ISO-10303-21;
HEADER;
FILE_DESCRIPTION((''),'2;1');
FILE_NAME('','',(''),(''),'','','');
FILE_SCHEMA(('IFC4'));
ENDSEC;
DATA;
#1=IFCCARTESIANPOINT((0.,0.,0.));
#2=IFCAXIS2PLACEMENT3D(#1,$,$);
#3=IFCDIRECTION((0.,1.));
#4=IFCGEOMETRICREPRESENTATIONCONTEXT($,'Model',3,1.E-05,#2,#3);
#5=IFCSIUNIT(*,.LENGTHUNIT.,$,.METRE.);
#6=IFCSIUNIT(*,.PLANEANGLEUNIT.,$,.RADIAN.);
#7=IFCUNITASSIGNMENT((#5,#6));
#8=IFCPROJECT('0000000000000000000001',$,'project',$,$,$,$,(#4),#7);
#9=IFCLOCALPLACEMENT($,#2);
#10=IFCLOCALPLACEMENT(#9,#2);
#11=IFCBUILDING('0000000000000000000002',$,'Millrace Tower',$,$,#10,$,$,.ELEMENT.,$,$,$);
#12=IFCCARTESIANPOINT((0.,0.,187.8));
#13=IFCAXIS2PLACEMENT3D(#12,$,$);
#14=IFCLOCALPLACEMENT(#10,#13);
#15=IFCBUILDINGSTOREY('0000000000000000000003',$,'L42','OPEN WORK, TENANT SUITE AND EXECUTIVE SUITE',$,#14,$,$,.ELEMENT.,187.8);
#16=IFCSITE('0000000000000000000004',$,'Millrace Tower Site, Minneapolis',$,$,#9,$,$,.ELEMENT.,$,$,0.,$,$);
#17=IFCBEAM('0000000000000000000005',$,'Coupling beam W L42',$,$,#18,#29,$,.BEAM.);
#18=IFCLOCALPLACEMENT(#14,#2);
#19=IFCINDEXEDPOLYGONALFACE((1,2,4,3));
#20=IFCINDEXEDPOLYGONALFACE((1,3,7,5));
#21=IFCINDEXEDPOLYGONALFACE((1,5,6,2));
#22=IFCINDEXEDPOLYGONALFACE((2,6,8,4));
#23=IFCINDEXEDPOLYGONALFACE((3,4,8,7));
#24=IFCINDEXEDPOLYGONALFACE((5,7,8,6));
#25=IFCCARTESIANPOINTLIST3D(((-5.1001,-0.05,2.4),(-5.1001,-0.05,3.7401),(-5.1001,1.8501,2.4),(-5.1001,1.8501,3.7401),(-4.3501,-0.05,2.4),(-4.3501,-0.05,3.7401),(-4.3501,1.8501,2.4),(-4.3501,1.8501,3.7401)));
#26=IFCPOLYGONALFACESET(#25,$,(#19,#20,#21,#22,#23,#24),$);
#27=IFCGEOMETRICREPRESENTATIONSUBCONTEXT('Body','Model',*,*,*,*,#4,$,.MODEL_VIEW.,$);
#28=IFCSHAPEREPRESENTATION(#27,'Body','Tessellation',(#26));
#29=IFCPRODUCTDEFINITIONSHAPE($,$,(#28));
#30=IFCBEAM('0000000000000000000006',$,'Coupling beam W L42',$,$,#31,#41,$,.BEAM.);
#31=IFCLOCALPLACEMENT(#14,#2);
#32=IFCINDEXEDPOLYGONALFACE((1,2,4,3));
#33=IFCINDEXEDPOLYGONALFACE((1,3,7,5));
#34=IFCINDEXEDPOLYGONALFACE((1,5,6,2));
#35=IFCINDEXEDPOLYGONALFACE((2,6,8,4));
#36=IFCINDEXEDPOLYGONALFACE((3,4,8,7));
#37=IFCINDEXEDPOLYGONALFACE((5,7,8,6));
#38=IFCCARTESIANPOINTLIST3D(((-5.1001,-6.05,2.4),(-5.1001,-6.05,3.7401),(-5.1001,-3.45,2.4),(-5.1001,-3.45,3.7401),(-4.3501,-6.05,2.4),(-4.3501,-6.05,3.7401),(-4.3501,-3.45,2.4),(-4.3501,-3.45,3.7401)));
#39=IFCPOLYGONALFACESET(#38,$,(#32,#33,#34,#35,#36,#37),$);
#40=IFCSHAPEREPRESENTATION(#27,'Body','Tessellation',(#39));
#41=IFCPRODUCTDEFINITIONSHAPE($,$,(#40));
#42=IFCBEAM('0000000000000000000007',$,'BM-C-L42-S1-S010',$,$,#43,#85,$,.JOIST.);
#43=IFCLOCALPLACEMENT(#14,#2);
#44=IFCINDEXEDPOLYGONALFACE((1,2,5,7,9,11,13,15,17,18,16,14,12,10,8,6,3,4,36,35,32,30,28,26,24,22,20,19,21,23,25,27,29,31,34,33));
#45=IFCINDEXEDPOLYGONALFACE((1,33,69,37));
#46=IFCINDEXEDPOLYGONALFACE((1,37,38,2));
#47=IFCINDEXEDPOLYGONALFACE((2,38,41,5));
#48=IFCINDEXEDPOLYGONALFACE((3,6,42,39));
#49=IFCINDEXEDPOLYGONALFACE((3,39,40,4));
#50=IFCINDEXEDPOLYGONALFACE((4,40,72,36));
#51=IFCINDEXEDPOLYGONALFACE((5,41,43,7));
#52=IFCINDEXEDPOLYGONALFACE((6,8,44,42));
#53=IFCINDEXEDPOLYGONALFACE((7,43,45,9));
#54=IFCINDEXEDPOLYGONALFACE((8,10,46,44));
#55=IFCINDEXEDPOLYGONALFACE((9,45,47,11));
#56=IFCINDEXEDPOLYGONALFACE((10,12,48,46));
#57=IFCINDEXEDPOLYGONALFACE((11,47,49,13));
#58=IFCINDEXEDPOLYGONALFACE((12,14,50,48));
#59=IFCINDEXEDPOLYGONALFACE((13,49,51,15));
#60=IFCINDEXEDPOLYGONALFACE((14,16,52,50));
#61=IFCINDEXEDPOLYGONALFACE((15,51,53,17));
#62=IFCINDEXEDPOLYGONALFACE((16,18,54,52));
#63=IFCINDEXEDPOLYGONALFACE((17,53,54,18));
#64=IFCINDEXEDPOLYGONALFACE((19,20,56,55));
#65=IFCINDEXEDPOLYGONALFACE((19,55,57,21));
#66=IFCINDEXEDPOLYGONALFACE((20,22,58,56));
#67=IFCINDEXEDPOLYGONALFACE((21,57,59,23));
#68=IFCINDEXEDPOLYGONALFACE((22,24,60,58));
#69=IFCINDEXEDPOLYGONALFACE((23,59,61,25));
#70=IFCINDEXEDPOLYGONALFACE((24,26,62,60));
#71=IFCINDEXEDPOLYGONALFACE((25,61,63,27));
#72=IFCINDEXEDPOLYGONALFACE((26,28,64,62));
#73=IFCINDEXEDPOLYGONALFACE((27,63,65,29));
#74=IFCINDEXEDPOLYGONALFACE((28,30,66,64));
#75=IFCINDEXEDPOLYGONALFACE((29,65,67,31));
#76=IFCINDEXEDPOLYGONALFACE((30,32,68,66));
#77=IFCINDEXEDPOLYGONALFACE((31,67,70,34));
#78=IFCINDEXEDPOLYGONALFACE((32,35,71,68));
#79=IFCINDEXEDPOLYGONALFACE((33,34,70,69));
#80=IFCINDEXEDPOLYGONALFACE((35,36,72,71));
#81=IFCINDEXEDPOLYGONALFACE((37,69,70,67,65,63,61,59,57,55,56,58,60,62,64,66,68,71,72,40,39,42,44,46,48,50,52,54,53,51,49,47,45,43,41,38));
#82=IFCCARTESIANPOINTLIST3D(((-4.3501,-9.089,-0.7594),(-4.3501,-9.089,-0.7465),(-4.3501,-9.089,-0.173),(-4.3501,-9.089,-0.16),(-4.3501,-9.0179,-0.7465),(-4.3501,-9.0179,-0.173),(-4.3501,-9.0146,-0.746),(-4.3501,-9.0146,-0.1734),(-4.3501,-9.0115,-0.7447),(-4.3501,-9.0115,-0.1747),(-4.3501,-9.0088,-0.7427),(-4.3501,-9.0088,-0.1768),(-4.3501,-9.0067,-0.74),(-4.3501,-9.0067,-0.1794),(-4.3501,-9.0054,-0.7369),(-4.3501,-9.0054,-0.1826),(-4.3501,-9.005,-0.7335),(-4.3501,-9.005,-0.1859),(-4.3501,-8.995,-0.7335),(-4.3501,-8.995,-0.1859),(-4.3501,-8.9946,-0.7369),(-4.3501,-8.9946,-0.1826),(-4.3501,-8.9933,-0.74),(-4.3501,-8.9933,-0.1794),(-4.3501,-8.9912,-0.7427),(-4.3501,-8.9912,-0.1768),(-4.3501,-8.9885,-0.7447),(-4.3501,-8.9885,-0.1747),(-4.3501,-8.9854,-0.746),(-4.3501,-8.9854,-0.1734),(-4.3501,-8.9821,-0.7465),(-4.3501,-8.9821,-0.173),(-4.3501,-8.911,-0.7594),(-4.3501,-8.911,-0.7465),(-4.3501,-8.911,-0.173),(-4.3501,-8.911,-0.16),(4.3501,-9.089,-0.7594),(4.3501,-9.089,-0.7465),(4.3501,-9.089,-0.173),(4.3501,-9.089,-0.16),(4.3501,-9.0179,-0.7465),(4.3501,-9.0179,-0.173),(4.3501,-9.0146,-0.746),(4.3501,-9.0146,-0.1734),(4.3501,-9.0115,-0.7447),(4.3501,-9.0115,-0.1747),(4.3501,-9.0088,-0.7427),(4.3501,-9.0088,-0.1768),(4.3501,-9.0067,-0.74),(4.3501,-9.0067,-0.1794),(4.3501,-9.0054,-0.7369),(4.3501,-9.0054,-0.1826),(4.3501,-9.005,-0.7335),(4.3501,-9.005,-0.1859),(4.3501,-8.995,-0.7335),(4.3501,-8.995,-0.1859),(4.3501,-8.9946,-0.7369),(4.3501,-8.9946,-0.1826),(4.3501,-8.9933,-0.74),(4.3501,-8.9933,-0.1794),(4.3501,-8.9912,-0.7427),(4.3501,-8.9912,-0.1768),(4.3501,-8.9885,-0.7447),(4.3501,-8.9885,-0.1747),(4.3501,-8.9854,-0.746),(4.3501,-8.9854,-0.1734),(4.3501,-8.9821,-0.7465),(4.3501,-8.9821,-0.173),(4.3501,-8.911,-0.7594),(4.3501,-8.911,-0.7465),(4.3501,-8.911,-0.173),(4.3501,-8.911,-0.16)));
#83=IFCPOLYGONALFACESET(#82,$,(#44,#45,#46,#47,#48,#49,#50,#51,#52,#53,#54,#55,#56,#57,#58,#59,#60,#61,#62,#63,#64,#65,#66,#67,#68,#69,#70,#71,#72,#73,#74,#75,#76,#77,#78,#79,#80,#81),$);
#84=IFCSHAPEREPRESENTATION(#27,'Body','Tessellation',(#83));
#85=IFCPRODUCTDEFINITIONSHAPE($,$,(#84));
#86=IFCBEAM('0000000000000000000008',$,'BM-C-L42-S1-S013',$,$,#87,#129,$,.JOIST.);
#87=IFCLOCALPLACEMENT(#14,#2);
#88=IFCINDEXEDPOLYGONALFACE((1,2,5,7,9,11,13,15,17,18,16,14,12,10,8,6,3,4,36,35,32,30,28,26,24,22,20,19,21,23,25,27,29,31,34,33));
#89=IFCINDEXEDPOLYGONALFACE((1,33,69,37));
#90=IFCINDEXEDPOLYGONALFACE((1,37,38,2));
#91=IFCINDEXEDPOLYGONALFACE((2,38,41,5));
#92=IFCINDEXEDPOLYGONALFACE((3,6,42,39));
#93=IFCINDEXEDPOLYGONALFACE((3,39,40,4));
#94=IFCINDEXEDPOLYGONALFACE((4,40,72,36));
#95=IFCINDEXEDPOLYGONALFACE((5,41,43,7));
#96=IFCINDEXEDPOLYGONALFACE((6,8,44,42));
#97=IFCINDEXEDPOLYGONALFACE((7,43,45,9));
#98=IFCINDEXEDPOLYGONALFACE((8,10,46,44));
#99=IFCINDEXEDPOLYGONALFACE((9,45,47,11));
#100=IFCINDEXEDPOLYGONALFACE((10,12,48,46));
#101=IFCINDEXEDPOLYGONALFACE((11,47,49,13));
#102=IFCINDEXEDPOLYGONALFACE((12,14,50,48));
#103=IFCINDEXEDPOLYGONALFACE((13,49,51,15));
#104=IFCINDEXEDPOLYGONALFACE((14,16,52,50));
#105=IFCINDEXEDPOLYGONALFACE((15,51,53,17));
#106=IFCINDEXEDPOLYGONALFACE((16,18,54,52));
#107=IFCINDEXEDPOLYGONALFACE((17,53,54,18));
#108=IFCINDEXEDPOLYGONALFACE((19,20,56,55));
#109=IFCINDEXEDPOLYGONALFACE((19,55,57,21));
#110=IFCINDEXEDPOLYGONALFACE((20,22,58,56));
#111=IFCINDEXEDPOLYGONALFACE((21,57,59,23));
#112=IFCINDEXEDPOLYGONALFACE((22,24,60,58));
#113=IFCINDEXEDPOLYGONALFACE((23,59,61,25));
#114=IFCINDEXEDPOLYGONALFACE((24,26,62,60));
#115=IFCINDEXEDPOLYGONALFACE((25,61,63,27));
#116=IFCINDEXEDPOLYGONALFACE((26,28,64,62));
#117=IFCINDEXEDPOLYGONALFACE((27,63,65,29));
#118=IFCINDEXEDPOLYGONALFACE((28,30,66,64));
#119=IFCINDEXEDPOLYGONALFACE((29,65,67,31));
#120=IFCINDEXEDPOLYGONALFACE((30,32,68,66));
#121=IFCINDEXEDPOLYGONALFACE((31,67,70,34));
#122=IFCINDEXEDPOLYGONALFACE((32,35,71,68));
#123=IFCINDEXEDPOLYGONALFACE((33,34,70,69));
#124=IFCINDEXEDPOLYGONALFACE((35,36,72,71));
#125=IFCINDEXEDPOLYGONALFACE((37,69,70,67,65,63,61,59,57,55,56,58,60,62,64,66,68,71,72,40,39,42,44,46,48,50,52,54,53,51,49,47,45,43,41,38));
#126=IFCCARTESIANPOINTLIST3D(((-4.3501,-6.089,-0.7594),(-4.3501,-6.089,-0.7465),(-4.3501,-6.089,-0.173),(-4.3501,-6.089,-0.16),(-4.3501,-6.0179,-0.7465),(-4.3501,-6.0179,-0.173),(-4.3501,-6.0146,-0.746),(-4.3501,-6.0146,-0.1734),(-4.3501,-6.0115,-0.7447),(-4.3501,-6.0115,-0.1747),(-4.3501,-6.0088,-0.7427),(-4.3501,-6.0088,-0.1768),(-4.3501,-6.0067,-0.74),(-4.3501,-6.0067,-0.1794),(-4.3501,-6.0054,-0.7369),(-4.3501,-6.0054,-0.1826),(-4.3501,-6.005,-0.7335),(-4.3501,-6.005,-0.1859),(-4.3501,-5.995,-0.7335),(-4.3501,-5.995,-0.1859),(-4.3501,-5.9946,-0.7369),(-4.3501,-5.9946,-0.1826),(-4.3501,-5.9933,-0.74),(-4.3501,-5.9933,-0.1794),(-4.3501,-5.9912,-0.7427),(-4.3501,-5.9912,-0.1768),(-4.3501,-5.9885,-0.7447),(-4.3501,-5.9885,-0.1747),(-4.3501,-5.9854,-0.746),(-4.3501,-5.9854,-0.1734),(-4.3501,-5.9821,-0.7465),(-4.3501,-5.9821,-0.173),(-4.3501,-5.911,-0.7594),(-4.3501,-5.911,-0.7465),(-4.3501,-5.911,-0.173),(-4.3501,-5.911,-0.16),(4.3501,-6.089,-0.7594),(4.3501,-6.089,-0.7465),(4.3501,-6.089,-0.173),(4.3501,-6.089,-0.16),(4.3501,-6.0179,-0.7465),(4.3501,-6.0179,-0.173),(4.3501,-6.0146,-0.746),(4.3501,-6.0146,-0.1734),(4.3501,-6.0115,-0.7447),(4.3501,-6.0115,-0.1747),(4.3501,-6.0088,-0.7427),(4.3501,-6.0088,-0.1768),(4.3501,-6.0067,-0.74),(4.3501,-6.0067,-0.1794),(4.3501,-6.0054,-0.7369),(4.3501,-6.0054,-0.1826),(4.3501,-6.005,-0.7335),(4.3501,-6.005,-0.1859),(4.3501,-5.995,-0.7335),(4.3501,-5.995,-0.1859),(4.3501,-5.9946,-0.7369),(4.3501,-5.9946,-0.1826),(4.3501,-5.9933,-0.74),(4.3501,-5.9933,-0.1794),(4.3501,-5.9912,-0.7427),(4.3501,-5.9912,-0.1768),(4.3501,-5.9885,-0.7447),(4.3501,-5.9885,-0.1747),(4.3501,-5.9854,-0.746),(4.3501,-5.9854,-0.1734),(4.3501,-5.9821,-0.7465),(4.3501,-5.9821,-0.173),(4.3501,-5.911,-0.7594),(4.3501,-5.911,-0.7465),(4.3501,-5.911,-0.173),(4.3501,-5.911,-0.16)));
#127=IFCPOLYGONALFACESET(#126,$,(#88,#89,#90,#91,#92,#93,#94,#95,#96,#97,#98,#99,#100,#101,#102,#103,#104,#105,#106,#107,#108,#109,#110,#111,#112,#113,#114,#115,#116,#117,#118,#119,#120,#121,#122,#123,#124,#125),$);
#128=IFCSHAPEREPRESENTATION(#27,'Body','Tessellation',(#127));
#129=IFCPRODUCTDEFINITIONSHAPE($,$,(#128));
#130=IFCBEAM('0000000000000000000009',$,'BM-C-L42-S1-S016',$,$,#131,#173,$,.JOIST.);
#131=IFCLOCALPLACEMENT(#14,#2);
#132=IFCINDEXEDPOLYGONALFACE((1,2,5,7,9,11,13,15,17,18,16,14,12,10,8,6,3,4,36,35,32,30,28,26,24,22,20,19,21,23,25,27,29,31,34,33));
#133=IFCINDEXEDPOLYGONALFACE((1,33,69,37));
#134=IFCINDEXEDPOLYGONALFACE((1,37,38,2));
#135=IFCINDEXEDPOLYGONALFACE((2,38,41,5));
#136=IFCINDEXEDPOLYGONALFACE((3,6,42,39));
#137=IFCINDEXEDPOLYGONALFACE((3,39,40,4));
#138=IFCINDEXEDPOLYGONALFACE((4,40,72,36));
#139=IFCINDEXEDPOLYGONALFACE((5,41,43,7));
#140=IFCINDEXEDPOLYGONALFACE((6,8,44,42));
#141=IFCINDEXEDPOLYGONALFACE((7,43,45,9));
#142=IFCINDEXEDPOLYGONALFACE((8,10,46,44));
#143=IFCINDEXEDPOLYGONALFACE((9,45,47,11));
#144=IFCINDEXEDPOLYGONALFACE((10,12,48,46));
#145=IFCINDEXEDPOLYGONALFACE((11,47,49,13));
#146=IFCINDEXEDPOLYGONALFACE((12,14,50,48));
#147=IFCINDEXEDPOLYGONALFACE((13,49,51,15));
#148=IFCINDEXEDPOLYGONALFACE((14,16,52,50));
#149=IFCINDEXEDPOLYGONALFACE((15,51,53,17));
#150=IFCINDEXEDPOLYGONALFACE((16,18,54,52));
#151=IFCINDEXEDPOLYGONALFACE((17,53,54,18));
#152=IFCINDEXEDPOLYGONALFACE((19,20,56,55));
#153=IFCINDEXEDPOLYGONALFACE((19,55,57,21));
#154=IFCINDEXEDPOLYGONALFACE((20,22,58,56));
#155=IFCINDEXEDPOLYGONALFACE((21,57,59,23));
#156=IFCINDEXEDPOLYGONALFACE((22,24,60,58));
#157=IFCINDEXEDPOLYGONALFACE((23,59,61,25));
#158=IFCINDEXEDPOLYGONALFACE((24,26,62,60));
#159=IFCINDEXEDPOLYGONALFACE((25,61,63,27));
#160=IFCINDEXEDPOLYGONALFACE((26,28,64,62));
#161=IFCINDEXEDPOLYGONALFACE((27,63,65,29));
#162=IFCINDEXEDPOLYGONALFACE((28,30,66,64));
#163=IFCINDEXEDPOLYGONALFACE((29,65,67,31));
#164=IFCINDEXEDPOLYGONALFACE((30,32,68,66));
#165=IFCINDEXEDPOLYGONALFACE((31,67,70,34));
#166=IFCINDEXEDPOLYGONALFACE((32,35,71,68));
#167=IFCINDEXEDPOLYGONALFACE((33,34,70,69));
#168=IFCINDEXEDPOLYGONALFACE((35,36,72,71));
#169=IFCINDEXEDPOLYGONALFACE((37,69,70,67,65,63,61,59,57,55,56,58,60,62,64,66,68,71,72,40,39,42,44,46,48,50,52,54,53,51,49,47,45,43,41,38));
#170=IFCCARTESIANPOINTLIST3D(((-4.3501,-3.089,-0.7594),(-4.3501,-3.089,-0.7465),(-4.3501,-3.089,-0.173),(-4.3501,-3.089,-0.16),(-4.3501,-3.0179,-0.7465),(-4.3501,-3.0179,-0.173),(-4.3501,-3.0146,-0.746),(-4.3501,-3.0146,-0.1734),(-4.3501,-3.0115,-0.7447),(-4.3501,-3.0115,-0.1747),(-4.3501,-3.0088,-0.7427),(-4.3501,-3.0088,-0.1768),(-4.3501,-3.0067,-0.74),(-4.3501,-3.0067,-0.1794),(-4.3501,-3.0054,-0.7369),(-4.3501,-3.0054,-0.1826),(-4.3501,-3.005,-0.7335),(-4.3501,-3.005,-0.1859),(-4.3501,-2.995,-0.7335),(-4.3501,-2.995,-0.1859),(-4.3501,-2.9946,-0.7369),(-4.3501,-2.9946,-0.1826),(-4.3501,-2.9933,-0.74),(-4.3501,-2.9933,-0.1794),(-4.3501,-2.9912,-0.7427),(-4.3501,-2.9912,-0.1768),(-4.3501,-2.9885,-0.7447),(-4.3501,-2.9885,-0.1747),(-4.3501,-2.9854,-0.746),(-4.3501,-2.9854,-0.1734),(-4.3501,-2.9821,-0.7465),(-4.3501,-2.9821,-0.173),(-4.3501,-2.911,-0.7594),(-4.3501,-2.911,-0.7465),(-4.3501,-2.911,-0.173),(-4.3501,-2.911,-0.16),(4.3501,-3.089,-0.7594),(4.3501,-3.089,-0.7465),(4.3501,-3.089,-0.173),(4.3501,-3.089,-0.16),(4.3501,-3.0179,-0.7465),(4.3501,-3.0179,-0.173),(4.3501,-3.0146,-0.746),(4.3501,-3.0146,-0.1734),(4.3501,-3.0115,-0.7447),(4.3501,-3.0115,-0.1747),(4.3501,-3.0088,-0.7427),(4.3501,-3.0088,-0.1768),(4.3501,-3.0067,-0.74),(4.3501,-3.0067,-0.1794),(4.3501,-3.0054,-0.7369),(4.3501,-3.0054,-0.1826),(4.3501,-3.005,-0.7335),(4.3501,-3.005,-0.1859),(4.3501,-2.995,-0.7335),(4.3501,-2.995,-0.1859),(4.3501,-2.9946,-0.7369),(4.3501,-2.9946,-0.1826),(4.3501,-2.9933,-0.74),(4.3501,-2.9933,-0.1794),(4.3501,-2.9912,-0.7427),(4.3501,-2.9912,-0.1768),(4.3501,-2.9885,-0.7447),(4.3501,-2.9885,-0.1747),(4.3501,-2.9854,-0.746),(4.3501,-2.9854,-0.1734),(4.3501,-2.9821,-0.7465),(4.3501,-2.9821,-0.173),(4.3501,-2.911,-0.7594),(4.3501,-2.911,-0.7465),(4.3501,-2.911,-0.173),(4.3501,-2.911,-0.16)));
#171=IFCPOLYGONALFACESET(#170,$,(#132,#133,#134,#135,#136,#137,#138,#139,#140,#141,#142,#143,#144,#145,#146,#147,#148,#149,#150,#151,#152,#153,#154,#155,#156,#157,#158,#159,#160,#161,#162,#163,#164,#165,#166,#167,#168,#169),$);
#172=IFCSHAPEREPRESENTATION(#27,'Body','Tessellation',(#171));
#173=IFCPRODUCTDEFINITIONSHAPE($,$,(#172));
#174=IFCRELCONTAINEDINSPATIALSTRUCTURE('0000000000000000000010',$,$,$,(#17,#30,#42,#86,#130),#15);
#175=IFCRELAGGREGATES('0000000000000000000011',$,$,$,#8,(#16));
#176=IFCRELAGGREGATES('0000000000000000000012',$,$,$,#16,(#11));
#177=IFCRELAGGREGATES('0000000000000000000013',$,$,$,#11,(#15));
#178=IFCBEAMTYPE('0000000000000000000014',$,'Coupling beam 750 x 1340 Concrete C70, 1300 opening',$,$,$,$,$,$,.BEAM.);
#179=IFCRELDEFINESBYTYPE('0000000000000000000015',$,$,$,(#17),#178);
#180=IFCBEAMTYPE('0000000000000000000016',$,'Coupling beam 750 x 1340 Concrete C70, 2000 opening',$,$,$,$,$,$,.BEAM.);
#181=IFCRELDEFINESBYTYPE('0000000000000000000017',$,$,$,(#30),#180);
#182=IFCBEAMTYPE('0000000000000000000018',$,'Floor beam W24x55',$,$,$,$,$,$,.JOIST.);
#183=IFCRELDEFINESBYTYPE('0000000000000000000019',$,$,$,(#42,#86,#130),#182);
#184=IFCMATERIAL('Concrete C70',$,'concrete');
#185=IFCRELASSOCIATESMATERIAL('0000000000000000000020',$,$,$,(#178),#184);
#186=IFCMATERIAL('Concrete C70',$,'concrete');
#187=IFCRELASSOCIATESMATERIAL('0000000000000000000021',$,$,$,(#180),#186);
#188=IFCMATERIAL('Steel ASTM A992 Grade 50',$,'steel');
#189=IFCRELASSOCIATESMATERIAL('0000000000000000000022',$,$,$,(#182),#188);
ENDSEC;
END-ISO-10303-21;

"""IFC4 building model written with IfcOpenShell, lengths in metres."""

from ifc_helpers import new_model, si_unit, direction, frame, origin, origin_2d, place, context, subcontext, project, spatial, rectangle, i_section, extrude, material, material_profile, profile_set, type_object, element, save


model = new_model("IFC4")

# Units and contexts
model_context = context("Model", 3, precision=1e-05, world=origin(), true_north=direction((0.0, 1.0)))
body_context = subcontext(model_context, "Body", "Model", "MODEL_VIEW")
ifc_project = project(units=[si_unit("LENGTHUNIT", "METRE"), si_unit("PLANEANGLEUNIT", "RADIAN")], contexts=[model_context])

# Site, building, storey
site_placement = place(None, origin())
site = spatial("IfcSite", under=ifc_project, at=site_placement, Name="Millrace Tower Site, Minneapolis", CompositionType="ELEMENT", RefElevation=0.0)
building_placement = place(site_placement, origin())
building = spatial("IfcBuilding", under=site, at=building_placement, Name="Millrace Tower", CompositionType="ELEMENT")
storey_placement = place(building_placement, frame((0.0, 0.0, 187.8)))
storey = spatial("IfcBuildingStorey", under=building, at=storey_placement, Name="L42", Description="OPEN WORK, TENANT SUITE AND EXECUTIVE SUITE", CompositionType="ELEMENT", Elevation=187.8)

# Beams
ifc_material_1 = material(Name="Concrete C70", Category="concrete")
ifc_material_profile_1 = material_profile(ifc_material_1, rectangle(XDim=0.75, YDim=1.3401, at=origin_2d()))
ifc_profile_set_1 = profile_set([ifc_material_profile_1], Name="Concrete C70")
beam_type_1 = type_object("IfcBeamType", Name="Coupling beam 750 x 1340 Concrete C70, 1300 opening", PredefinedType="BEAM", material=ifc_profile_set_1)
beam_1_placement = place(storey_placement, frame((-4.7251, -0.05, 3.0701), z_axis=(0.0, 1.0, 0.0), x_axis=(-1.0, 0.0, 0.0)))
element("IfcBeam", 1, at=beam_1_placement, inside=storey, type_object=beam_type_1, Name="Coupling beam W L42", PredefinedType="BEAM", context=body_context, shape_type="SweptSolid", body=[
    extrude(rectangle(XDim=0.75, YDim=1.3401, at=origin_2d()), origin(), (0.0, 0.0, 1.0), 1.9001),
])
ifc_material_2 = material(Name="Concrete C70", Category="concrete")
ifc_material_profile_2 = material_profile(ifc_material_2, rectangle(XDim=0.75, YDim=1.3401, at=origin_2d()))
ifc_profile_set_2 = profile_set([ifc_material_profile_2], Name="Concrete C70")
beam_type_2 = type_object("IfcBeamType", Name="Coupling beam 750 x 1340 Concrete C70, 2000 opening", PredefinedType="BEAM", material=ifc_profile_set_2)
beam_2_placement = place(storey_placement, frame((-4.7251, -6.05, 3.0701), z_axis=(0.0, 1.0, 0.0), x_axis=(-1.0, 0.0, 0.0)))
element("IfcBeam", 2, at=beam_2_placement, inside=storey, type_object=beam_type_2, Name="Coupling beam W L42", PredefinedType="BEAM", context=body_context, shape_type="SweptSolid", body=[
    extrude(rectangle(XDim=0.75, YDim=1.3401, at=origin_2d()), origin(), (0.0, 0.0, 1.0), 2.6001),
])
ifc_material_3 = material(Name="Steel ASTM A992 Grade 50", Category="steel")
ifc_material_profile_3 = material_profile(ifc_material_3, i_section(OverallWidth=0.178, OverallDepth=0.5994, WebThickness=0.01, FlangeThickness=0.0129, FilletRadius=0.0129, at=origin_2d()))
ifc_profile_set_3 = profile_set([ifc_material_profile_3], Name="Steel ASTM A992 Grade 50")
beam_type_3 = type_object("IfcBeamType", Name="Floor beam W24x55", PredefinedType="JOIST", material=ifc_profile_set_3)
for number, where, z_axis, x_axis, name in (
    (3, (-4.3501, -9.0, -0.4597), (1.0, 0.0, 0.0), (0.0, 1.0, 0.0), "BM-C-L42-S1-S010"),
    (4, (-4.3501, -6.0, -0.4597), (1.0, 0.0, 0.0), (0.0, 1.0, 0.0), "BM-C-L42-S1-S013"),
    (5, (-4.3501, -3.0, -0.4597), (1.0, 0.0, 0.0), (0.0, 1.0, 0.0), "BM-C-L42-S1-S016"),
):
    element("IfcBeam", number, at=place(storey_placement, frame(where, z_axis=z_axis, x_axis=x_axis)), inside=storey, type_object=beam_type_3, Name=name, PredefinedType="JOIST", context=body_context, shape_type="SweptSolid", body=[
        extrude(i_section(OverallWidth=0.178, OverallDepth=0.5994, WebThickness=0.01, FlangeThickness=0.0129, FilletRadius=0.0129, at=origin_2d()), origin(), (0.0, 0.0, 1.0), 8.7002),
    ])

save(model, "model.ifc")
